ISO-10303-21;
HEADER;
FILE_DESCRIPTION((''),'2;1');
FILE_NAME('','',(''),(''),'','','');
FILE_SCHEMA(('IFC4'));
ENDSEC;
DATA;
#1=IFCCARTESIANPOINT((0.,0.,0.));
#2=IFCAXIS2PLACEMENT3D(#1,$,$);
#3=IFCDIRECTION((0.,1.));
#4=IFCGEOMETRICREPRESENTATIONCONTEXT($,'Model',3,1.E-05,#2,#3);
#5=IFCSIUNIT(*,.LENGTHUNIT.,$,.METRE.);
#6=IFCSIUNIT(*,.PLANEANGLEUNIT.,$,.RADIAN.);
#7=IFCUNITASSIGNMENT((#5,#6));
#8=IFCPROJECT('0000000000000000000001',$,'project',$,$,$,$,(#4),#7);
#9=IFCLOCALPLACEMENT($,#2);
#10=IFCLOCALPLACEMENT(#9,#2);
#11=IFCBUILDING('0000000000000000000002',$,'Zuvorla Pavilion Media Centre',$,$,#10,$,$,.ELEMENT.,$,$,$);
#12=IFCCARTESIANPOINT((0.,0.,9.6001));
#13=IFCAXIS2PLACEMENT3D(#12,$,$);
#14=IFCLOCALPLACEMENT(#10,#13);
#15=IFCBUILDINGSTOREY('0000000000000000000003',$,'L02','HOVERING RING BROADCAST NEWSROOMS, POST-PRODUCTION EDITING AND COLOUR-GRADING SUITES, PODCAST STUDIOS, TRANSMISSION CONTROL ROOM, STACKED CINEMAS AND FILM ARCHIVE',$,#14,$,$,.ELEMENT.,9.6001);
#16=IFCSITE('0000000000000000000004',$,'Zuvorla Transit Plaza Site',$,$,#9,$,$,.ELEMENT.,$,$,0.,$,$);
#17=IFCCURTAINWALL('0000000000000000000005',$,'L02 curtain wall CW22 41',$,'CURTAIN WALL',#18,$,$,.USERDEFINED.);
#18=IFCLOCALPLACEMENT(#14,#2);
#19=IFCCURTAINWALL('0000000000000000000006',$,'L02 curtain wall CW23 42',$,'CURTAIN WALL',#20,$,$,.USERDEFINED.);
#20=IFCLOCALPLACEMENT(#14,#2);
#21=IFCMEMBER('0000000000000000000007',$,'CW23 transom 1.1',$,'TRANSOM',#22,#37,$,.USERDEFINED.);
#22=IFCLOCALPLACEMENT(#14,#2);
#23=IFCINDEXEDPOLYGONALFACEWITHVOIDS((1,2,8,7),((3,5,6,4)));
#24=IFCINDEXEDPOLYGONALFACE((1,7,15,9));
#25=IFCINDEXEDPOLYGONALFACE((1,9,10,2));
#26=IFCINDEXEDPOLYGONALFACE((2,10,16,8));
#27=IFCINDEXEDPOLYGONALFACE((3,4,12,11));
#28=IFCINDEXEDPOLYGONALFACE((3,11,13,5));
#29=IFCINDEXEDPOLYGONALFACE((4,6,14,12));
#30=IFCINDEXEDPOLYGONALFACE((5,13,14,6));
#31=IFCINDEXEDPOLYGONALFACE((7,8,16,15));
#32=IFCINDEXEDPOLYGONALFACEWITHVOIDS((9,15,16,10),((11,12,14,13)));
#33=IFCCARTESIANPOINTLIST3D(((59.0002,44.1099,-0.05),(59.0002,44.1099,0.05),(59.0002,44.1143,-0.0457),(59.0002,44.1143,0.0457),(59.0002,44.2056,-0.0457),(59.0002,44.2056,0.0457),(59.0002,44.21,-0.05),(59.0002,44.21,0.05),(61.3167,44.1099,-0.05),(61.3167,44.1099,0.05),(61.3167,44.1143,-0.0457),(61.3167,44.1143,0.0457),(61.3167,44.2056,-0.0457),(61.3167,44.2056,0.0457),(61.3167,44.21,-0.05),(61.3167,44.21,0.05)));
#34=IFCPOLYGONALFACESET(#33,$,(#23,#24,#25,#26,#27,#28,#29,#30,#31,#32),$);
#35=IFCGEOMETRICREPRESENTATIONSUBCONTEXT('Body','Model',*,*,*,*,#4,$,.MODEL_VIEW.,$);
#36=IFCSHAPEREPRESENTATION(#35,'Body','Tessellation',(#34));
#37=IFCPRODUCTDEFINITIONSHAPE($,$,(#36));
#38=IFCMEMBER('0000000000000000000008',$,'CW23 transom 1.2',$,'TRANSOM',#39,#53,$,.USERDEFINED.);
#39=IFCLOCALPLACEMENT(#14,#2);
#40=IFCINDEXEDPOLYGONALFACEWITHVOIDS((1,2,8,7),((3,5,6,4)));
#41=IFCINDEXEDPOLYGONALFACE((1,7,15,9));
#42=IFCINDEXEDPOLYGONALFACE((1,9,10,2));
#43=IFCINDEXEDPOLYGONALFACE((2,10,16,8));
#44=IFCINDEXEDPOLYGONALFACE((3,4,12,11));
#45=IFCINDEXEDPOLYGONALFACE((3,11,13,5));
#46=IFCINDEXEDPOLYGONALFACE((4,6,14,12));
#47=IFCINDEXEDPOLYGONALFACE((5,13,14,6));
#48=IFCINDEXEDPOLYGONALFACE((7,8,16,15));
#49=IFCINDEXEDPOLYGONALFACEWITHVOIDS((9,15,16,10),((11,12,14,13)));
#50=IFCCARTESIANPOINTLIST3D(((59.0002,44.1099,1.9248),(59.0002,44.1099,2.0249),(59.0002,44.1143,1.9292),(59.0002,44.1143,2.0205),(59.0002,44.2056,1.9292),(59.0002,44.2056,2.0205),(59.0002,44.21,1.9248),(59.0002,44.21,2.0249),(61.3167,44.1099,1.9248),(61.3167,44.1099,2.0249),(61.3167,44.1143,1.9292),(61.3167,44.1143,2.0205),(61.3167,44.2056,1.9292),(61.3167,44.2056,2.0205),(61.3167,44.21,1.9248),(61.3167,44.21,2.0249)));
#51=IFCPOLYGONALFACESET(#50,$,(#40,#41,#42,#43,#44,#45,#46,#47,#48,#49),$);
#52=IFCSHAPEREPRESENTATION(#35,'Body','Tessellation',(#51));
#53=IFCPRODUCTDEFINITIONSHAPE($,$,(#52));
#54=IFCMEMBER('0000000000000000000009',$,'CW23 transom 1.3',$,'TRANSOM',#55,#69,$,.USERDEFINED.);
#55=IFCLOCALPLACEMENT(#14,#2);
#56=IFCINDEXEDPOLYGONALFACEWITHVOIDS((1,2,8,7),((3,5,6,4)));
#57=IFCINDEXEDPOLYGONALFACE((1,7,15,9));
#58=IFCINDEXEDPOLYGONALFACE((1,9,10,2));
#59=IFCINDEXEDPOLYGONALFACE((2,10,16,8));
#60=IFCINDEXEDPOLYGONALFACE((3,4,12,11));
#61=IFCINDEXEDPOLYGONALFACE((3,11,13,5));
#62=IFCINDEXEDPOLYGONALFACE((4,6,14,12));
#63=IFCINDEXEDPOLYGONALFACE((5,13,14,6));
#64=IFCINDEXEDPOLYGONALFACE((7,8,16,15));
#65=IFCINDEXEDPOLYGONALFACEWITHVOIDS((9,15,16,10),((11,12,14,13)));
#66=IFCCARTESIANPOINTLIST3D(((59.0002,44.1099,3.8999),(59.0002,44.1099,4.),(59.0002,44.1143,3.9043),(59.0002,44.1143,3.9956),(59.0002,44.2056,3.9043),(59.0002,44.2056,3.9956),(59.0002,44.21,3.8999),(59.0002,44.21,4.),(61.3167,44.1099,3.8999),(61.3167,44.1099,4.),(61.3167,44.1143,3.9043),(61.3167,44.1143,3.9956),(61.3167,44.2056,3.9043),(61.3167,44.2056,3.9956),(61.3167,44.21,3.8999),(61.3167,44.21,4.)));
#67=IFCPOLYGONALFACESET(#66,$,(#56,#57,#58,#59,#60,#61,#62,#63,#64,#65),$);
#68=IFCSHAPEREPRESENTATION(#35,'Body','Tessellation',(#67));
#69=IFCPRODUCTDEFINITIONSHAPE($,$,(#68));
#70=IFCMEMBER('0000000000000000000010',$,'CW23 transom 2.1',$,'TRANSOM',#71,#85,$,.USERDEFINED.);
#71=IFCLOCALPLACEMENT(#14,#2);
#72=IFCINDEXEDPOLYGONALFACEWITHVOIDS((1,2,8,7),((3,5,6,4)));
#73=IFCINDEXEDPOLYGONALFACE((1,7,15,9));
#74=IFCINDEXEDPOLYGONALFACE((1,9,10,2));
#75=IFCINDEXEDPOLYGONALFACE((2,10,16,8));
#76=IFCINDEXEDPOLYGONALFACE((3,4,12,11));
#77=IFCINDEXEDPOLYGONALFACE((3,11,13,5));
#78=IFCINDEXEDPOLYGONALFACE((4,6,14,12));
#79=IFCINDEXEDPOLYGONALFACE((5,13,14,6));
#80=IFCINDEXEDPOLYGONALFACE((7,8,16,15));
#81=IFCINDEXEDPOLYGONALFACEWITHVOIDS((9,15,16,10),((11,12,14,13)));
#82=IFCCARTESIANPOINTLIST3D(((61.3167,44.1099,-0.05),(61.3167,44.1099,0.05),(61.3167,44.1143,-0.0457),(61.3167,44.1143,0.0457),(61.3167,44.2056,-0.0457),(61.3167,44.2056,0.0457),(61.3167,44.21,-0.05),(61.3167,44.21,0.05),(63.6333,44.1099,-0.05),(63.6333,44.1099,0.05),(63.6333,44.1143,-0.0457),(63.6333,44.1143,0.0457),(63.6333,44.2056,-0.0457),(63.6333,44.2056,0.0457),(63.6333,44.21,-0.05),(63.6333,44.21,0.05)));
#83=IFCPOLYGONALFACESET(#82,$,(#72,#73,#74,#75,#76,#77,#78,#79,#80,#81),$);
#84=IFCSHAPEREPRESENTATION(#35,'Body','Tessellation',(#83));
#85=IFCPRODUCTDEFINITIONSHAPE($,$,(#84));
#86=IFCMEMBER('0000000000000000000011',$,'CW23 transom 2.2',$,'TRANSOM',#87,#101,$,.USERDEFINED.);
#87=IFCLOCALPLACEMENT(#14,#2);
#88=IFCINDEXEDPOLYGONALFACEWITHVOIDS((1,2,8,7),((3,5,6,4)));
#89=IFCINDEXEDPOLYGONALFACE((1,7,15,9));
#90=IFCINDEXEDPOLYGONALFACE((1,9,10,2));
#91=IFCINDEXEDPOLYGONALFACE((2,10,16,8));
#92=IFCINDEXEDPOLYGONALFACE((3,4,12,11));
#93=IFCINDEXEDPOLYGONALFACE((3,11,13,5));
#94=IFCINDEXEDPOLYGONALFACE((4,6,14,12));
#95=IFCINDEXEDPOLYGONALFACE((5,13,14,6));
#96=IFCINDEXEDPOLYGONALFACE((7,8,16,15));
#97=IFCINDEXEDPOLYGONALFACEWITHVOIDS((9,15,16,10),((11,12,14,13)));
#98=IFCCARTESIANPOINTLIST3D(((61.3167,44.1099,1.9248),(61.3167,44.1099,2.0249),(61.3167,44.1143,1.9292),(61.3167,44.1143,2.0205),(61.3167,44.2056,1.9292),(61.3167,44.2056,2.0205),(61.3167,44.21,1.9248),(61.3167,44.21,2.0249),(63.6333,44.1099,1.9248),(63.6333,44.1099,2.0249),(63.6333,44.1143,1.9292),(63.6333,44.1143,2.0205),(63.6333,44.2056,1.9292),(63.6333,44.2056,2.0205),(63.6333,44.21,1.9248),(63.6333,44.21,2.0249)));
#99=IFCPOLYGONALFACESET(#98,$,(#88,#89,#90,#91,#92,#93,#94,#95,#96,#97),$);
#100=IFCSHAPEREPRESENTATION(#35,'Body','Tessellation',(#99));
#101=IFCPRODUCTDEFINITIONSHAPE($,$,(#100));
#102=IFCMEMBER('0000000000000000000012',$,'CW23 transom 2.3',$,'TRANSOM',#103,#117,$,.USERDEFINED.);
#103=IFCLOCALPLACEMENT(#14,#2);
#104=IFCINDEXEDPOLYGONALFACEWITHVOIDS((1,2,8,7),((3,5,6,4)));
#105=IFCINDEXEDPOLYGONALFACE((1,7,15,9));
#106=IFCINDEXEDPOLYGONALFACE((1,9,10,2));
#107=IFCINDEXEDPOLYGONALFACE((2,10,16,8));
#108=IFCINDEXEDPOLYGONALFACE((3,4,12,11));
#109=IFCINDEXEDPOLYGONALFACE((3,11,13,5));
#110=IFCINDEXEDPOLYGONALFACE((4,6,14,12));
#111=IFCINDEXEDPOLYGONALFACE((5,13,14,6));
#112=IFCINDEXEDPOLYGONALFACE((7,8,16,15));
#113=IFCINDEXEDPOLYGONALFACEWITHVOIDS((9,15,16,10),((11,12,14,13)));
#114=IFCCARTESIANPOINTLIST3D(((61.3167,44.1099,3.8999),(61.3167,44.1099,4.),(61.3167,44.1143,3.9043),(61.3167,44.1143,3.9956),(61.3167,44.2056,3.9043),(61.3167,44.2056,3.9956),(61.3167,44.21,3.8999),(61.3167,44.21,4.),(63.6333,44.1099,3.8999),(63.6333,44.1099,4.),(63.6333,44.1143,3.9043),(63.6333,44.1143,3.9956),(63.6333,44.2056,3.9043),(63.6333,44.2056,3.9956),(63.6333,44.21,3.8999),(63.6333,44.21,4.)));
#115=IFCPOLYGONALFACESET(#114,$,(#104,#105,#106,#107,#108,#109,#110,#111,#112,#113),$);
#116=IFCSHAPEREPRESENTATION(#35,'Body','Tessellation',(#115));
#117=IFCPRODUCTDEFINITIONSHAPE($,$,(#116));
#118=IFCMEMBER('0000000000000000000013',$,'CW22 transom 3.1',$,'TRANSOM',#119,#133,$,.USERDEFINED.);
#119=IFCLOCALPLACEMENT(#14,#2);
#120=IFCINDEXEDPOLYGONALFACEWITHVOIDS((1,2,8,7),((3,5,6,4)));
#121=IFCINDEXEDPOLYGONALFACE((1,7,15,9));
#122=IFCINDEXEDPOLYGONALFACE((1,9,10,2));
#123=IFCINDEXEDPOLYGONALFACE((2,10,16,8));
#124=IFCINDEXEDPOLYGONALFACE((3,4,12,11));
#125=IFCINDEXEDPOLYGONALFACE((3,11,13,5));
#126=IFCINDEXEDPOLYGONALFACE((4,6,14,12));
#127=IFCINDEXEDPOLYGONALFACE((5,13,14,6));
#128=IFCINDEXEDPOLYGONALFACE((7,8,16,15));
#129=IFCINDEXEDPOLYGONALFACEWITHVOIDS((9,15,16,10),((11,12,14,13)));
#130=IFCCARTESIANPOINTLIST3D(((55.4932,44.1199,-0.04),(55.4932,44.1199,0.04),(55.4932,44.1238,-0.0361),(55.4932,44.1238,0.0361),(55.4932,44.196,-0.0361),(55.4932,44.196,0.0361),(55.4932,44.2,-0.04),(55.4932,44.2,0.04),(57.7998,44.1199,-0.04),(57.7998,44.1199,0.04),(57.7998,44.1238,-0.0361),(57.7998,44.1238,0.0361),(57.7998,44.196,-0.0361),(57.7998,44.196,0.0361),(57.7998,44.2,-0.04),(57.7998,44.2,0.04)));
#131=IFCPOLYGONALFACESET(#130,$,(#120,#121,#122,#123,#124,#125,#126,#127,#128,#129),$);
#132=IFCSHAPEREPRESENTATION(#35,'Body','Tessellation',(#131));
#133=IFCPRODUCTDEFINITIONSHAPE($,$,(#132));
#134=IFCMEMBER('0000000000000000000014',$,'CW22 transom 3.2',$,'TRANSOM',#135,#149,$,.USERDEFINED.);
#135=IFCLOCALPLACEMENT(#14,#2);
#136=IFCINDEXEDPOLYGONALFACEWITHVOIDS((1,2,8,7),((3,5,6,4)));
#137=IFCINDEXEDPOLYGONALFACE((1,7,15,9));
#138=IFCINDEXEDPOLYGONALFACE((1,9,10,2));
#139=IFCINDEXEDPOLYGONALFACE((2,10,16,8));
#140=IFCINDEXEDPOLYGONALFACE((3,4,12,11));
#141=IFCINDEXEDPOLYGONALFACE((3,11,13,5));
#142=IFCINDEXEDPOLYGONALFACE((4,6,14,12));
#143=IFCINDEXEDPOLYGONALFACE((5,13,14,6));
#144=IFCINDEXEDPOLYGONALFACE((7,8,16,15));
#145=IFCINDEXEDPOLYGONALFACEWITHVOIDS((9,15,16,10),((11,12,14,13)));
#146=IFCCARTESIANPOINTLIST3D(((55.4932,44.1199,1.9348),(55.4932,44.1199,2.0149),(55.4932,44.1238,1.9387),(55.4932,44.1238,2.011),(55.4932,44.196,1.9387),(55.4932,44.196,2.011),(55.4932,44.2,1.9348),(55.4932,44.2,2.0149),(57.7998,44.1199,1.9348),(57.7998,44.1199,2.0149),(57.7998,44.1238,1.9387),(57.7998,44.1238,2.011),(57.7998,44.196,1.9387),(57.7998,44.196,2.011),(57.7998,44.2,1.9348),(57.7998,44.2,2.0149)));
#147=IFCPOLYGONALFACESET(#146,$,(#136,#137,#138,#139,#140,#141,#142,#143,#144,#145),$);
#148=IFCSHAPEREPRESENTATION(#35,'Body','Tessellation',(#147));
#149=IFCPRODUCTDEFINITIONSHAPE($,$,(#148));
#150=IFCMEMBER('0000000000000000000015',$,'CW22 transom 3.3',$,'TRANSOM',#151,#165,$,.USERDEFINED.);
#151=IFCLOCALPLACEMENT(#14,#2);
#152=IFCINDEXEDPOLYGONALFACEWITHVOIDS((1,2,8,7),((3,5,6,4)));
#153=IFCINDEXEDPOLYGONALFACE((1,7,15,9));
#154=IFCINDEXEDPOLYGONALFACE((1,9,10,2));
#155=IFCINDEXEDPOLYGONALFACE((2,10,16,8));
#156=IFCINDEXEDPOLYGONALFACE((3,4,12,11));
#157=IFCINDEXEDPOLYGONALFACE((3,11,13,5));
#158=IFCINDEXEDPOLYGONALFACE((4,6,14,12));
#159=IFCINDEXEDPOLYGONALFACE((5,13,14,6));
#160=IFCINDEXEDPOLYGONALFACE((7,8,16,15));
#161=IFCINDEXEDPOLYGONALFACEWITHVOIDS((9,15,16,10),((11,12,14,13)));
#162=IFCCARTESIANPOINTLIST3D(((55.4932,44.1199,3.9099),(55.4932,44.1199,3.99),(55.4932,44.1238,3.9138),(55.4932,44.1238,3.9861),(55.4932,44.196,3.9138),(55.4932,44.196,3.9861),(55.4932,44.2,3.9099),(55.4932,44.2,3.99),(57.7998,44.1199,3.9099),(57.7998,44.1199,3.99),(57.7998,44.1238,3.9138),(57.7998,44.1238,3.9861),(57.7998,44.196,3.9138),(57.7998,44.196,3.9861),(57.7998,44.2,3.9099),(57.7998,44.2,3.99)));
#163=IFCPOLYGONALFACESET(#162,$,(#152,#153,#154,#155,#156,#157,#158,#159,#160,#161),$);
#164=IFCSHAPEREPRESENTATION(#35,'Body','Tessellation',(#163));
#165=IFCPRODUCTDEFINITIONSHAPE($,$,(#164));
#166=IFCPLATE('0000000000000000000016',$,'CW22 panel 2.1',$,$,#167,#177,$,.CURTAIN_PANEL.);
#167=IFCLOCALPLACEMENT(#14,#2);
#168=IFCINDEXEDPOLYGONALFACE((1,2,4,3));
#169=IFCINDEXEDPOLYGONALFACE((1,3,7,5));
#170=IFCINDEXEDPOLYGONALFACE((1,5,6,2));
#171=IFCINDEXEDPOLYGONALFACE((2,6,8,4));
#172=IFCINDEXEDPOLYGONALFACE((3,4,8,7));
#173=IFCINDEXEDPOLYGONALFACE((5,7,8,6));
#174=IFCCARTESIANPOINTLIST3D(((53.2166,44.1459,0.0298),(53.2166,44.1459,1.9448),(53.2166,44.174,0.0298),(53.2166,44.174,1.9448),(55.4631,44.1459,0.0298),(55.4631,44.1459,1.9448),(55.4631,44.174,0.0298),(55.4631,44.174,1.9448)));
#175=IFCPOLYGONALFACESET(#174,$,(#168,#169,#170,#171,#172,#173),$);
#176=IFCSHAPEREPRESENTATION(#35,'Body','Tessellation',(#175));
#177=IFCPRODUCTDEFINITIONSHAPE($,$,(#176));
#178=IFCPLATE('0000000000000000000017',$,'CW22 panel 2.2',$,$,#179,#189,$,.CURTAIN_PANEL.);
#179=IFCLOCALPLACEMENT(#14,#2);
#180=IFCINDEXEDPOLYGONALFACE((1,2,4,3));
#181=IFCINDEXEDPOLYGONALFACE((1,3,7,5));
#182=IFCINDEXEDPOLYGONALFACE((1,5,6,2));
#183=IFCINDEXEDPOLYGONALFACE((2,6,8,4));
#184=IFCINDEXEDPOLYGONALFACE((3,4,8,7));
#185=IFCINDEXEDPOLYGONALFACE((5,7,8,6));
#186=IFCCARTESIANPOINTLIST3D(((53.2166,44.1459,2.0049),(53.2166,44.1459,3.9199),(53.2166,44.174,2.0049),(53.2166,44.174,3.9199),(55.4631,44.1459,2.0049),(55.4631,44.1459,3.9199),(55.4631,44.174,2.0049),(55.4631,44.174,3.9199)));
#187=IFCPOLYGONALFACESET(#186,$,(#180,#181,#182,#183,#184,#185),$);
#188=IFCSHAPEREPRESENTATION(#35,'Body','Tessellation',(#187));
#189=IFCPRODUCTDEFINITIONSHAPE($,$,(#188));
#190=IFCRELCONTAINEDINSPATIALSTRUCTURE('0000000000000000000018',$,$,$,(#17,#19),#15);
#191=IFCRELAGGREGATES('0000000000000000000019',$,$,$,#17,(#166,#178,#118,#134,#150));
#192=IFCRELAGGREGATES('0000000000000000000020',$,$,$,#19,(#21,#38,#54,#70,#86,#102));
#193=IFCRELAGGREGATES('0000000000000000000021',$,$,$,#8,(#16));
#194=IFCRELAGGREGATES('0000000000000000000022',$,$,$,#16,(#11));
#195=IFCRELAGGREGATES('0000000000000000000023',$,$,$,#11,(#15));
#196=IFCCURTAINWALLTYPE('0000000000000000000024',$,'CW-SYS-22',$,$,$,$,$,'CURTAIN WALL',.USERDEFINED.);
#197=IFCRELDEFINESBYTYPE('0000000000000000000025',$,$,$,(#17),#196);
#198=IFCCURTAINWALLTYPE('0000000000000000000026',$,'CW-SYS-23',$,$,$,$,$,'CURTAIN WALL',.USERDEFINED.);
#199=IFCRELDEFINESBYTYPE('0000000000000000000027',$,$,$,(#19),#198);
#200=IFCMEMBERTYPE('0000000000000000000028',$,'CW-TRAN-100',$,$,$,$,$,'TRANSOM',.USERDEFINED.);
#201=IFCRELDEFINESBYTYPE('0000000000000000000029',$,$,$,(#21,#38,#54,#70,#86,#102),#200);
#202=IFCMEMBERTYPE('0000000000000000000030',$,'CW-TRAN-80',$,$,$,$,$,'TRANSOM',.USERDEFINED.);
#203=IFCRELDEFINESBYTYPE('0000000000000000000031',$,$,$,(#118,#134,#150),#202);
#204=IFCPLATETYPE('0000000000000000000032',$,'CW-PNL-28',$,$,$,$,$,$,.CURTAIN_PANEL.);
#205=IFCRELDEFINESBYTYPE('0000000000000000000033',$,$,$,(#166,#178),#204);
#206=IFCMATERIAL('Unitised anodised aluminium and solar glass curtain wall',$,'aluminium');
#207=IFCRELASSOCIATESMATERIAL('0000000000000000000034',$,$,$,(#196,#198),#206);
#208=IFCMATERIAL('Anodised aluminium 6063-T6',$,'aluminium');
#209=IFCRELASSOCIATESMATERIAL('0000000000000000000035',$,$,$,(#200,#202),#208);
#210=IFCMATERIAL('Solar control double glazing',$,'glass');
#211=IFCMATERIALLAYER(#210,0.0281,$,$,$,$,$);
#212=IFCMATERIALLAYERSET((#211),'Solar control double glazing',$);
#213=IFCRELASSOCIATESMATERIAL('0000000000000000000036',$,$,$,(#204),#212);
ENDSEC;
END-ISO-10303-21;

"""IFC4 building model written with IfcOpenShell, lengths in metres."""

from ifc_helpers import new_model, si_unit, direction, frame, origin, origin_2d, place, context, subcontext, project, spatial, rectangle, hollow_rectangle, extrude, material, layer, layer_set, material_profile, profile_set, type_object, element, aggregate, save


model = new_model("IFC4")

# Units and contexts
model_context = context("Model", 3, precision=1e-05, world=origin(), true_north=direction((0.0, 1.0)))
body_context = subcontext(model_context, "Body", "Model", "MODEL_VIEW")
ifc_project = project(units=[si_unit("LENGTHUNIT", "METRE"), si_unit("PLANEANGLEUNIT", "RADIAN")], contexts=[model_context])

# Site, building, storey
site_placement = place(None, origin())
site = spatial("IfcSite", under=ifc_project, at=site_placement, Name="Zuvorla Transit Plaza Site", CompositionType="ELEMENT", RefElevation=0.0)
building_placement = place(site_placement, origin())
building = spatial("IfcBuilding", under=site, at=building_placement, Name="Zuvorla Pavilion Media Centre", CompositionType="ELEMENT")
storey_placement = place(building_placement, frame((0.0, 0.0, 9.6001)))
storey = spatial("IfcBuildingStorey", under=building, at=storey_placement, Name="L02", Description="HOVERING RING BROADCAST NEWSROOMS, POST-PRODUCTION EDITING AND COLOUR-GRADING SUITES, PODCAST STUDIOS, TRANSMISSION CONTROL ROOM, STACKED CINEMAS AND FILM ARCHIVE", CompositionType="ELEMENT", Elevation=9.6001)

# Curtain walls, members
ifc_material_1 = material(Name="Unitised anodised aluminium and solar glass curtain wall", Category="aluminium")
curtain_wall_type_1 = type_object("IfcCurtainWallType", Name="CW-SYS-22", ElementType="CURTAIN WALL", PredefinedType="USERDEFINED", material=ifc_material_1)
curtain_wall_1_placement = place(storey_placement, origin())
curtain_wall_1 = element("IfcCurtainWall", 1, at=curtain_wall_1_placement, inside=storey, type_object=curtain_wall_type_1, Name="L02 curtain wall CW22 41", ObjectType="CURTAIN WALL", PredefinedType="USERDEFINED")
ifc_material_2 = material(Name="Anodised aluminium 6063-T6", Category="aluminium")
curtain_wall_type_2 = type_object("IfcCurtainWallType", Name="CW-SYS-23", ElementType="CURTAIN WALL", PredefinedType="USERDEFINED", material=ifc_material_1)
curtain_wall_2_placement = place(storey_placement, origin())
curtain_wall_2 = element("IfcCurtainWall", 2, at=curtain_wall_2_placement, inside=storey, type_object=curtain_wall_type_2, Name="L02 curtain wall CW23 42", ObjectType="CURTAIN WALL", PredefinedType="USERDEFINED")
ifc_material_profile_1 = material_profile(ifc_material_2, hollow_rectangle(XDim=0.1001, YDim=0.1001, WallThickness=0.0044, at=origin_2d()), Name="ALU TRAN 100x100")
ifc_profile_set_1 = profile_set([ifc_material_profile_1], Name="Anodised aluminium 6063-T6")
member_type_1 = type_object("IfcMemberType", Name="CW-TRAN-100", ElementType="TRANSOM", PredefinedType="USERDEFINED", material=ifc_profile_set_1)
member_1_placement = place(storey_placement, frame((59.0002, 44.1599, 0.0), z_axis=(1.0, 0.0, 0.0), x_axis=(0.0, 1.0, 0.0)))
member_1 = element("IfcMember", 3, at=member_1_placement, type_object=member_type_1, Name="CW23 transom 1.1", ObjectType="TRANSOM", PredefinedType="USERDEFINED", context=body_context, shape_type="SweptSolid", body=[
    extrude(hollow_rectangle(XDim=0.1001, YDim=0.1001, WallThickness=0.0044, at=origin_2d()), origin(), (0.0, 0.0, 1.0), 2.3164),
])
member_2_placement = place(storey_placement, frame((59.0002, 44.1599, 1.9749), z_axis=(1.0, 0.0, 0.0), x_axis=(0.0, 1.0, 0.0)))
member_2 = element("IfcMember", 4, at=member_2_placement, type_object=member_type_1, Name="CW23 transom 1.2", ObjectType="TRANSOM", PredefinedType="USERDEFINED", context=body_context, shape_type="SweptSolid", body=[
    extrude(hollow_rectangle(XDim=0.1001, YDim=0.1001, WallThickness=0.0044, at=origin_2d()), origin(), (0.0, 0.0, 1.0), 2.3164),
])
member_3_placement = place(storey_placement, frame((59.0002, 44.1599, 3.95), z_axis=(1.0, 0.0, 0.0), x_axis=(0.0, 1.0, 0.0)))
member_3 = element("IfcMember", 5, at=member_3_placement, type_object=member_type_1, Name="CW23 transom 1.3", ObjectType="TRANSOM", PredefinedType="USERDEFINED", context=body_context, shape_type="SweptSolid", body=[
    extrude(hollow_rectangle(XDim=0.1001, YDim=0.1001, WallThickness=0.0044, at=origin_2d()), origin(), (0.0, 0.0, 1.0), 2.3164),
])
member_4_placement = place(storey_placement, frame((61.3167, 44.1599, 0.0), z_axis=(1.0, 0.0, 0.0), x_axis=(0.0, 1.0, 0.0)))
member_4 = element("IfcMember", 6, at=member_4_placement, type_object=member_type_1, Name="CW23 transom 2.1", ObjectType="TRANSOM", PredefinedType="USERDEFINED", context=body_context, shape_type="SweptSolid", body=[
    extrude(hollow_rectangle(XDim=0.1001, YDim=0.1001, WallThickness=0.0044, at=origin_2d()), origin(), (0.0, 0.0, 1.0), 2.3167),
])
member_5_placement = place(storey_placement, frame((61.3167, 44.1599, 1.9749), z_axis=(1.0, 0.0, 0.0), x_axis=(0.0, 1.0, 0.0)))
member_5 = element("IfcMember", 7, at=member_5_placement, type_object=member_type_1, Name="CW23 transom 2.2", ObjectType="TRANSOM", PredefinedType="USERDEFINED", context=body_context, shape_type="SweptSolid", body=[
    extrude(hollow_rectangle(XDim=0.1001, YDim=0.1001, WallThickness=0.0044, at=origin_2d()), origin(), (0.0, 0.0, 1.0), 2.3167),
])
member_6_placement = place(storey_placement, frame((61.3167, 44.1599, 3.95), z_axis=(1.0, 0.0, 0.0), x_axis=(0.0, 1.0, 0.0)))
member_6 = element("IfcMember", 8, at=member_6_placement, type_object=member_type_1, Name="CW23 transom 2.3", ObjectType="TRANSOM", PredefinedType="USERDEFINED", context=body_context, shape_type="SweptSolid", body=[
    extrude(hollow_rectangle(XDim=0.1001, YDim=0.1001, WallThickness=0.0044, at=origin_2d()), origin(), (0.0, 0.0, 1.0), 2.3167),
])

# Members
ifc_material_profile_2 = material_profile(ifc_material_2, hollow_rectangle(XDim=0.0801, YDim=0.0801, WallThickness=0.0039, at=origin_2d()), Name="ALU TRAN 80x80")
ifc_profile_set_2 = profile_set([ifc_material_profile_2], Name="Anodised aluminium 6063-T6")
member_type_2 = type_object("IfcMemberType", Name="CW-TRAN-80", ElementType="TRANSOM", PredefinedType="USERDEFINED", material=ifc_profile_set_2)
member_7_placement = place(storey_placement, frame((55.4932, 44.1599, 0.0), z_axis=(1.0, 0.0, 0.0), x_axis=(0.0, 1.0, 0.0)))
member_7 = element("IfcMember", 9, at=member_7_placement, type_object=member_type_2, Name="CW22 transom 3.1", ObjectType="TRANSOM", PredefinedType="USERDEFINED", context=body_context, shape_type="SweptSolid", body=[
    extrude(hollow_rectangle(XDim=0.0801, YDim=0.0801, WallThickness=0.0039, at=origin_2d()), origin(), (0.0, 0.0, 1.0), 2.3066),
])
member_8_placement = place(storey_placement, frame((55.4932, 44.1599, 1.9749), z_axis=(1.0, 0.0, 0.0), x_axis=(0.0, 1.0, 0.0)))
member_8 = element("IfcMember", 10, at=member_8_placement, type_object=member_type_2, Name="CW22 transom 3.2", ObjectType="TRANSOM", PredefinedType="USERDEFINED", context=body_context, shape_type="SweptSolid", body=[
    extrude(hollow_rectangle(XDim=0.0801, YDim=0.0801, WallThickness=0.0039, at=origin_2d()), origin(), (0.0, 0.0, 1.0), 2.3066),
])
member_9_placement = place(storey_placement, frame((55.4932, 44.1599, 3.95), z_axis=(1.0, 0.0, 0.0), x_axis=(0.0, 1.0, 0.0)))
member_9 = element("IfcMember", 11, at=member_9_placement, type_object=member_type_2, Name="CW22 transom 3.3", ObjectType="TRANSOM", PredefinedType="USERDEFINED", context=body_context, shape_type="SweptSolid", body=[
    extrude(hollow_rectangle(XDim=0.0801, YDim=0.0801, WallThickness=0.0039, at=origin_2d()), origin(), (0.0, 0.0, 1.0), 2.3066),
])

# Plates
ifc_material_3 = material(Name="Solar control double glazing", Category="glass")
ifc_layer_1 = layer(ifc_material_3, 0.0281)
ifc_layer_set_1 = layer_set([ifc_layer_1], Name="Solar control double glazing")
plate_type_1 = type_object("IfcPlateType", Name="CW-PNL-28", PredefinedType="CURTAIN_PANEL", material=ifc_layer_set_1)
plate_1_placement = place(storey_placement, frame((54.3398, 44.1599, 0.0298), z_axis=(0.0, 0.0, 1.0), x_axis=(1.0, 0.0, 0.0)))
plate_1 = element("IfcPlate", 12, at=plate_1_placement, type_object=plate_type_1, Name="CW22 panel 2.1", PredefinedType="CURTAIN_PANEL", context=body_context, shape_type="SweptSolid", body=[
    extrude(rectangle(XDim=2.2466, YDim=0.0281, at=origin_2d()), origin(), (0.0, 0.0, 1.0), 1.915),
])
plate_2_placement = place(storey_placement, frame((54.3398, 44.1599, 2.0049), z_axis=(0.0, 0.0, 1.0), x_axis=(1.0, 0.0, 0.0)))
plate_2 = element("IfcPlate", 13, at=plate_2_placement, type_object=plate_type_1, Name="CW22 panel 2.2", PredefinedType="CURTAIN_PANEL", context=body_context, shape_type="SweptSolid", body=[
    extrude(rectangle(XDim=2.2466, YDim=0.0281, at=origin_2d()), origin(), (0.0, 0.0, 1.0), 1.915),
])
aggregate(curtain_wall_1, [plate_1, plate_2, member_7, member_8, member_9])
aggregate(curtain_wall_2, [member_1, member_2, member_3, member_4, member_5, member_6])

save(model, "model.ifc")
